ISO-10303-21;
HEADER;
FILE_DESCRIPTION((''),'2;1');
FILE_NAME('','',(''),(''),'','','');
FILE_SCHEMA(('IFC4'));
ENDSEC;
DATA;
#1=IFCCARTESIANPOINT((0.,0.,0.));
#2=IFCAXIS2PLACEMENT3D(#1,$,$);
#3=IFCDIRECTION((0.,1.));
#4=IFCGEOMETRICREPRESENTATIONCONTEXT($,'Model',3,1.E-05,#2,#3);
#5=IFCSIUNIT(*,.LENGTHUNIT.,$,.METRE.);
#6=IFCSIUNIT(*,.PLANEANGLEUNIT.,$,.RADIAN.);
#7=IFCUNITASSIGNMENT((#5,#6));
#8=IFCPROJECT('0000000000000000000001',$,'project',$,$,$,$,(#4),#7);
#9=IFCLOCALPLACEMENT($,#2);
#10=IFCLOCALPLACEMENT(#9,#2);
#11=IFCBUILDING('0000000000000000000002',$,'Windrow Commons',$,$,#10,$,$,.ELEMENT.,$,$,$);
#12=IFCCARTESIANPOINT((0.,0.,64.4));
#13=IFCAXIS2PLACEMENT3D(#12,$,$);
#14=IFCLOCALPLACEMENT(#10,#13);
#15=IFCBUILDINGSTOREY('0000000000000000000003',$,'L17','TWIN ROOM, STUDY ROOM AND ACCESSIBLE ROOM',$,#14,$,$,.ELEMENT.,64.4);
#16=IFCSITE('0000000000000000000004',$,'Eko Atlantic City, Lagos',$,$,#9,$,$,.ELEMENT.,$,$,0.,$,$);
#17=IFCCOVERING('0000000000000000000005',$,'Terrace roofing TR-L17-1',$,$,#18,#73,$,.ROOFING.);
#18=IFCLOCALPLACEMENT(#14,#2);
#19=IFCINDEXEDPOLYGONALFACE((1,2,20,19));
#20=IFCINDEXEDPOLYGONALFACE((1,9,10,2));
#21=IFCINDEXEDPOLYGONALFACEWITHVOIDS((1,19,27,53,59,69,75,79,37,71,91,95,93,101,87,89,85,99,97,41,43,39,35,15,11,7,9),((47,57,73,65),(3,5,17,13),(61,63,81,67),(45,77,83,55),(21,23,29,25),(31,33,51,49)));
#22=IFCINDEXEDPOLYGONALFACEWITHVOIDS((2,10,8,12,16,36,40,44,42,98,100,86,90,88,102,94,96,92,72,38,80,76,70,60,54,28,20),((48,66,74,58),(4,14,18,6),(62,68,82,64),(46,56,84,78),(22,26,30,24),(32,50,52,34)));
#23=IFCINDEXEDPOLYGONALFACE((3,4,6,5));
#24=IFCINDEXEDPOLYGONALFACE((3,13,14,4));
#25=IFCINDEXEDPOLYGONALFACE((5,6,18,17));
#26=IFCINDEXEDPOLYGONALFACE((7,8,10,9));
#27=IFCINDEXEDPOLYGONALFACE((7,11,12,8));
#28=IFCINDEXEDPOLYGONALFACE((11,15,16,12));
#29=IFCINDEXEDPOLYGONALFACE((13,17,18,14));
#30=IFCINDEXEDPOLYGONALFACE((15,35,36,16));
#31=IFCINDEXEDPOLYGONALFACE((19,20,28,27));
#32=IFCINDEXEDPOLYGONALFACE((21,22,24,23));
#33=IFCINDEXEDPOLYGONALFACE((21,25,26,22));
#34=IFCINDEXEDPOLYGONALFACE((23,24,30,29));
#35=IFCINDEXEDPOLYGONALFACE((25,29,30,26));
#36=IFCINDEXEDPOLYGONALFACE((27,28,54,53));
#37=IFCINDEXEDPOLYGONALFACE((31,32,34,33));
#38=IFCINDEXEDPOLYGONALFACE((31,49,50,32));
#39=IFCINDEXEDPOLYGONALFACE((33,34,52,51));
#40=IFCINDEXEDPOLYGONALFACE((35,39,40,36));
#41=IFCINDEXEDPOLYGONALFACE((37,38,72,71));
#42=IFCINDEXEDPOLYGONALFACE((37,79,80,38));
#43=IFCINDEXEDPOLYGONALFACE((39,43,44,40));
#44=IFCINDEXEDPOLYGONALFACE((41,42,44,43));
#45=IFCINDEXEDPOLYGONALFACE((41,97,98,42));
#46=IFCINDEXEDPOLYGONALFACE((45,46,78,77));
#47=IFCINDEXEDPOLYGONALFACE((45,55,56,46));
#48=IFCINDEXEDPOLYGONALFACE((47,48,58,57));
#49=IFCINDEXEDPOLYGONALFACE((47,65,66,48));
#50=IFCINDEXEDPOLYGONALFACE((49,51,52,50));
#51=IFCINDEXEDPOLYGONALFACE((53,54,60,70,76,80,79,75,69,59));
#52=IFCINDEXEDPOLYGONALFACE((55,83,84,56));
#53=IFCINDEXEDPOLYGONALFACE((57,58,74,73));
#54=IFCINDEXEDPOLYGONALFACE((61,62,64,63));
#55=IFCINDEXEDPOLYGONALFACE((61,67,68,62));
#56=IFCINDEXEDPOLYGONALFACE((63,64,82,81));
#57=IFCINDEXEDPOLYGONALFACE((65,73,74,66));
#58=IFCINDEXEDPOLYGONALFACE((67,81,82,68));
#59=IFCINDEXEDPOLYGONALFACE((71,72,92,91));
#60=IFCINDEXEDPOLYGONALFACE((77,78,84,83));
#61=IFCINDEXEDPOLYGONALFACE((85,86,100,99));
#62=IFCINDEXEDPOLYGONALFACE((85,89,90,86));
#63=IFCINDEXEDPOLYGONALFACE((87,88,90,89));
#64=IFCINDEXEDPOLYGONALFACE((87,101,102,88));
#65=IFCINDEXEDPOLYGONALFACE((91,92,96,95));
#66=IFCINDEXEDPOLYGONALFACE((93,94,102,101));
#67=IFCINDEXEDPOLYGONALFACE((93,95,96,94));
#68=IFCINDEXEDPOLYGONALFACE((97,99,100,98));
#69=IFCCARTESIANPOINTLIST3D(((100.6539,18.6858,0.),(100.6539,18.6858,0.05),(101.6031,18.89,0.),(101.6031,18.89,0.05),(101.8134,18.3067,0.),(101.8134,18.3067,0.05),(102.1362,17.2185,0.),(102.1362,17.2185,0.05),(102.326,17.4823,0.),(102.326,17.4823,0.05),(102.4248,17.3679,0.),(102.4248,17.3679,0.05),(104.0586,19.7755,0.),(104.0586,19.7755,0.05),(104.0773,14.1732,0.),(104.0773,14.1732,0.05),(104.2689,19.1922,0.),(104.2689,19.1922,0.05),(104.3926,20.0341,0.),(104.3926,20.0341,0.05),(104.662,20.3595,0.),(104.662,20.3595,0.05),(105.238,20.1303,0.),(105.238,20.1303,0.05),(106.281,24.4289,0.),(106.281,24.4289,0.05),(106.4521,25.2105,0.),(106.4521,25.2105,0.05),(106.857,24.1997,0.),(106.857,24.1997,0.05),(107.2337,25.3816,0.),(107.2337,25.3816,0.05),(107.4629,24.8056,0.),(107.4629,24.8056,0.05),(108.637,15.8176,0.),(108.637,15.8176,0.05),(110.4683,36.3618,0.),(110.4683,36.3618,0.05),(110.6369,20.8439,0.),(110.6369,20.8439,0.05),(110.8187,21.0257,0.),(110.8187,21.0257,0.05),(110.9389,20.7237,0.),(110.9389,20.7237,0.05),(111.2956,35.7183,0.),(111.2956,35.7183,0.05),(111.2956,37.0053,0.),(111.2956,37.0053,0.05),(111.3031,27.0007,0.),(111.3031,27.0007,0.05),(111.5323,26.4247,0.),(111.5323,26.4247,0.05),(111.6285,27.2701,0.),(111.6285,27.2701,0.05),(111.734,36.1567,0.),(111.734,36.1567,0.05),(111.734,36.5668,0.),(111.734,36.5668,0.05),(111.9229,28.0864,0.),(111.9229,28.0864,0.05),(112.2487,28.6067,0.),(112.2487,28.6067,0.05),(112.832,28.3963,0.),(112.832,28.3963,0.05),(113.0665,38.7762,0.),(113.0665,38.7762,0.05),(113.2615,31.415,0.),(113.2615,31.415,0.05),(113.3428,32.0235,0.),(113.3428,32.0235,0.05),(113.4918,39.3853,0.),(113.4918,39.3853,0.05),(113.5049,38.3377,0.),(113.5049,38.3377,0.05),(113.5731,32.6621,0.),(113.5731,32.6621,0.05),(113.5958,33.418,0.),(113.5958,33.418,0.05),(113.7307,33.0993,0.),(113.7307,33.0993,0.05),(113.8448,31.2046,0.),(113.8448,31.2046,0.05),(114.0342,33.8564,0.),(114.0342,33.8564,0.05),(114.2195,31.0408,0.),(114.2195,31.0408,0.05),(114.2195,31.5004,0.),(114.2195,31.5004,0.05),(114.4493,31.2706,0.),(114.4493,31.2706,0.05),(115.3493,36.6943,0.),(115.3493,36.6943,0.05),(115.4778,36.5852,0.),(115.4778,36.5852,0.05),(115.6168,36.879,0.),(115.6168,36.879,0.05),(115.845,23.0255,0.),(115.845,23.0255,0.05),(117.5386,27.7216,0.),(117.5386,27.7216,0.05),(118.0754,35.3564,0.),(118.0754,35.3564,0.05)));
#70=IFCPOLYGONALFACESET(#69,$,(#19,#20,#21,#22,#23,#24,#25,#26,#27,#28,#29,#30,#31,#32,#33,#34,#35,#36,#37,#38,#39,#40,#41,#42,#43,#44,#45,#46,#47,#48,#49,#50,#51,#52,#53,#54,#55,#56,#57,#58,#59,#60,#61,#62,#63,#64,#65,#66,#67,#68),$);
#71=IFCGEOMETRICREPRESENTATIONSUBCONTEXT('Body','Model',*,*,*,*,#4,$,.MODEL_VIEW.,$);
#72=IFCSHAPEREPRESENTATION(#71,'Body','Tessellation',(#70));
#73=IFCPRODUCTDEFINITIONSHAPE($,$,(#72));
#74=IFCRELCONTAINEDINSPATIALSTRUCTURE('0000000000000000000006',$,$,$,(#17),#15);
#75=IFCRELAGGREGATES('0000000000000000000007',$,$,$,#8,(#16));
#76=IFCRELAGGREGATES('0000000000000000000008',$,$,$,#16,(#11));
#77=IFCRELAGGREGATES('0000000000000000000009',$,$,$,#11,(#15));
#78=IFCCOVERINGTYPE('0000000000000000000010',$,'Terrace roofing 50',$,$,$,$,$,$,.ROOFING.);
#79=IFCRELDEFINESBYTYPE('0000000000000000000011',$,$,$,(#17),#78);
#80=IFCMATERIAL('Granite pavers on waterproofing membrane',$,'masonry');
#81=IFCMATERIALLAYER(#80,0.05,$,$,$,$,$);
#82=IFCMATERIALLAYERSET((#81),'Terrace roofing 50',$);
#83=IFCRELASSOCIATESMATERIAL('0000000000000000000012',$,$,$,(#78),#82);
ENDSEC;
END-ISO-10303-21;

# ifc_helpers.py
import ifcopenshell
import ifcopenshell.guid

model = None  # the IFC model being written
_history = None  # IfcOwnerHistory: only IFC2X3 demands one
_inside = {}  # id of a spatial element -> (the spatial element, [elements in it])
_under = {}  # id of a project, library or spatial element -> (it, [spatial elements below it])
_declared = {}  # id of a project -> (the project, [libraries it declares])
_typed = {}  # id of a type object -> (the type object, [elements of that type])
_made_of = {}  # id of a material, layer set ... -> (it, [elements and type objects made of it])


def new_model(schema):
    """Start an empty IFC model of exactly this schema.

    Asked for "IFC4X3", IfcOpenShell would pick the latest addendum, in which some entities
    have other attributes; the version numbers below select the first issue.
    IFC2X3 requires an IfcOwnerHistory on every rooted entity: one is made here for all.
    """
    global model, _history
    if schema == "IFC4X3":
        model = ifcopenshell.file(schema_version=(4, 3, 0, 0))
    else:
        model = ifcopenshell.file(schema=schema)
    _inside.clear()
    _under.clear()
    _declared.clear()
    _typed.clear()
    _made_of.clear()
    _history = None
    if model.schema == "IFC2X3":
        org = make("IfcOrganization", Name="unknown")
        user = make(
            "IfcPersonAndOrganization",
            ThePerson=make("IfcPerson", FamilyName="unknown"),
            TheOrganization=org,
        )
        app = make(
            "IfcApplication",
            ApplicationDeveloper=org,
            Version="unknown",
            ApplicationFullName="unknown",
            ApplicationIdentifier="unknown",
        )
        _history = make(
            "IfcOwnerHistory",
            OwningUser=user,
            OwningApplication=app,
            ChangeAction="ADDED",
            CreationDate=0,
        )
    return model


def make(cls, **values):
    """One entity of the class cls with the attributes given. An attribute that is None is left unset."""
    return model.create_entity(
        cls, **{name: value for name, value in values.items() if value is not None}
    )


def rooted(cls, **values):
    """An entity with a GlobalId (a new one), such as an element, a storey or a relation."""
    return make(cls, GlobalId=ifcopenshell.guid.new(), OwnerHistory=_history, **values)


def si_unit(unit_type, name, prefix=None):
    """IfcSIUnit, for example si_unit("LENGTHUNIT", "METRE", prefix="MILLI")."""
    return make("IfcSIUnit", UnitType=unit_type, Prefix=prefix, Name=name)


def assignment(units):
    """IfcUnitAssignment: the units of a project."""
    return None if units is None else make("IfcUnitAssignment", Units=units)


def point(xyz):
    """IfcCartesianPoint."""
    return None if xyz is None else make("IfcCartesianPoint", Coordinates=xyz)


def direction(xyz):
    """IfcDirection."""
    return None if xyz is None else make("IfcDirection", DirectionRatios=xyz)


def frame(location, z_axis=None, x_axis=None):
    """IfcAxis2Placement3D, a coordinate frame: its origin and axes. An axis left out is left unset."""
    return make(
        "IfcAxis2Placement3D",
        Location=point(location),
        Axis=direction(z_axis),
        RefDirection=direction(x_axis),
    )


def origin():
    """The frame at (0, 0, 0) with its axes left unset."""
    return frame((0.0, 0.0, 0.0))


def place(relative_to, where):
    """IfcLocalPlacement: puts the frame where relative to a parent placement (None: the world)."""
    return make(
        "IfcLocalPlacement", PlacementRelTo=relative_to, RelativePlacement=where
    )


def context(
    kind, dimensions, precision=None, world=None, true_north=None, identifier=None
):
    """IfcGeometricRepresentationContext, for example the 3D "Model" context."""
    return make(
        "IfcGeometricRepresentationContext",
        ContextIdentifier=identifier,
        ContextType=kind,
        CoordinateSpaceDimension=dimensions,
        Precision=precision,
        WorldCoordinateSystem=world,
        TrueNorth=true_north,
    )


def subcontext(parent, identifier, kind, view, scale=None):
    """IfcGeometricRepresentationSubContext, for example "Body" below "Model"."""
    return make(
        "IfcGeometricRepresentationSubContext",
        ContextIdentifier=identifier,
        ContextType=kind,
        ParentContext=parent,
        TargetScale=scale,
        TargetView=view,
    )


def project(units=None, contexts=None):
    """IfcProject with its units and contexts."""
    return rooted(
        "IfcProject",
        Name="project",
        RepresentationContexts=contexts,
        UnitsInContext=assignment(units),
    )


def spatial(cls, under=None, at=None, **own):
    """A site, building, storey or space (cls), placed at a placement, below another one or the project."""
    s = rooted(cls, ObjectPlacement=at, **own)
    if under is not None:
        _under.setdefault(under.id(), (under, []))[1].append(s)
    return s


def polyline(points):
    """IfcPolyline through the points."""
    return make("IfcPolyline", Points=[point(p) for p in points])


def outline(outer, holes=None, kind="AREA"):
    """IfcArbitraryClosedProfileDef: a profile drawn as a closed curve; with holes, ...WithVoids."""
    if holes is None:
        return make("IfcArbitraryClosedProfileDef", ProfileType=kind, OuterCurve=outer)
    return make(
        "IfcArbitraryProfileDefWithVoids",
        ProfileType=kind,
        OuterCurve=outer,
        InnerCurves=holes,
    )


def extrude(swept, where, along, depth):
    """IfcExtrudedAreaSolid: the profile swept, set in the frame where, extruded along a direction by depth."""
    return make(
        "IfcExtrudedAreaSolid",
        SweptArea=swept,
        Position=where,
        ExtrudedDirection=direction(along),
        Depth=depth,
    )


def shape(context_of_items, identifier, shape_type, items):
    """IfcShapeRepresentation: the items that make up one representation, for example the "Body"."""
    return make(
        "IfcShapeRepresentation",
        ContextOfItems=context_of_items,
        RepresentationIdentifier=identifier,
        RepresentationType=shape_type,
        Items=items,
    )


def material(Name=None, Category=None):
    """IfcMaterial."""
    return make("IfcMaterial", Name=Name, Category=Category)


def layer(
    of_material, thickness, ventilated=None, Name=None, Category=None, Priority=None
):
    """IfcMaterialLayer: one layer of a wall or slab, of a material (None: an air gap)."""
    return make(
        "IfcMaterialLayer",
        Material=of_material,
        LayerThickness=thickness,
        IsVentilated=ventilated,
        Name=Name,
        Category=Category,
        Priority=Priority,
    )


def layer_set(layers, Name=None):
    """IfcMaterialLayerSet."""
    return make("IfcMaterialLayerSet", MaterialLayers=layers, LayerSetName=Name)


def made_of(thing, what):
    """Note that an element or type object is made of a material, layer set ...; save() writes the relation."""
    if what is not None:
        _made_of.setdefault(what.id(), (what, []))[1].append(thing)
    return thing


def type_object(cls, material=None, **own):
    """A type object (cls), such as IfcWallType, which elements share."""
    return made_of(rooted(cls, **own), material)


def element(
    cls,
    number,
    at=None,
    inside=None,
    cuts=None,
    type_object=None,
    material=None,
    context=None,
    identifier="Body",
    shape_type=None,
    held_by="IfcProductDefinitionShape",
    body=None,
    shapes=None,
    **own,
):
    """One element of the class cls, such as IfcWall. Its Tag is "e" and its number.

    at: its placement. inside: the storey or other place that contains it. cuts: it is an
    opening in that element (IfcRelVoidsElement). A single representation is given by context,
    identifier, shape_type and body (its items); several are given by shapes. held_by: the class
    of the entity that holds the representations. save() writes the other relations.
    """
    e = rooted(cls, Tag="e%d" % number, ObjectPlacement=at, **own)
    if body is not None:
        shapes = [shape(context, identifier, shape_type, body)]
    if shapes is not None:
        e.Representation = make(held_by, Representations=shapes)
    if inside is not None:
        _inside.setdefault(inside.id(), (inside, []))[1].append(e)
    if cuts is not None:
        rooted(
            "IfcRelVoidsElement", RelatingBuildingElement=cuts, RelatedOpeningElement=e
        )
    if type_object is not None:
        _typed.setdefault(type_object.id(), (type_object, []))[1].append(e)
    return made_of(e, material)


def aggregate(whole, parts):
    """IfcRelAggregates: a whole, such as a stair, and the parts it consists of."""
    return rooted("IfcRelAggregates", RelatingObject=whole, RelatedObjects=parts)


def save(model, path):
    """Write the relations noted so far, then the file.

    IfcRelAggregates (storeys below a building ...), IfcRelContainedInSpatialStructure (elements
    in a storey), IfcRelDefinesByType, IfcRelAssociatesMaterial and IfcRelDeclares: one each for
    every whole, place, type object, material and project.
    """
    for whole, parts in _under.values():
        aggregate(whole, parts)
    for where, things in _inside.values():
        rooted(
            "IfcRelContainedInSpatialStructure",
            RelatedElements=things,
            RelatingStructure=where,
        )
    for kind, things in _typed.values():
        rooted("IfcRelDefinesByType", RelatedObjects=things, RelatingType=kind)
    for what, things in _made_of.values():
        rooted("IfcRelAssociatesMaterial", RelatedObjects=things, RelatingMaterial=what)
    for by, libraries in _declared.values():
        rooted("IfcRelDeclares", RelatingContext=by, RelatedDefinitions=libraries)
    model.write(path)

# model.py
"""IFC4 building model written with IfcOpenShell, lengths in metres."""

from ifc_helpers import new_model, si_unit, direction, frame, origin, place, context, subcontext, project, spatial, polyline, outline, extrude, material, layer, layer_set, type_object, element, save


model = new_model("IFC4")

# Units and contexts
model_context = context("Model", 3, precision=1e-05, world=origin(), true_north=direction((0.0, 1.0)))
body_context = subcontext(model_context, "Body", "Model", "MODEL_VIEW")
ifc_project = project(units=[si_unit("LENGTHUNIT", "METRE"), si_unit("PLANEANGLEUNIT", "RADIAN")], contexts=[model_context])

# Site, building, storey
site_placement = place(None, origin())
site = spatial("IfcSite", under=ifc_project, at=site_placement, Name="Eko Atlantic City, Lagos", CompositionType="ELEMENT", RefElevation=0.0)
building_placement = place(site_placement, origin())
building = spatial("IfcBuilding", under=site, at=building_placement, Name="Windrow Commons", CompositionType="ELEMENT")
storey_placement = place(building_placement, frame((0.0, 0.0, 64.4)))
storey = spatial("IfcBuildingStorey", under=building, at=storey_placement, Name="L17", Description="TWIN ROOM, STUDY ROOM AND ACCESSIBLE ROOM", CompositionType="ELEMENT", Elevation=64.4)

# Shared definitions
placement_1 = place(storey_placement, origin())

# Covering
ifc_material_1 = material(Name="Granite pavers on waterproofing membrane", Category="masonry")
ifc_layer_1 = layer(ifc_material_1, 0.05)
ifc_layer_set_1 = layer_set([ifc_layer_1], Name="Terrace roofing 50")
covering_type = type_object("IfcCoveringType", Name="Terrace roofing 50", PredefinedType="ROOFING", material=ifc_layer_set_1)
element("IfcCovering", 1, at=placement_1, inside=storey, type_object=covering_type, Name="Terrace roofing TR-L17-1", PredefinedType="ROOFING", context=body_context, shape_type="SweptSolid", body=[
    extrude(outline(polyline([(113.3428, 32.0235), (113.5731, 32.6621), (113.7307, 33.0993), (110.4683, 36.3618), (113.4918, 39.3853), (115.3493, 36.6943), (115.6168, 36.879), (115.4778, 36.5852), (118.0754, 35.3564), (114.2195, 31.5004), (114.4493, 31.2706), (114.2195, 31.0408), (117.5386, 27.7216), (115.845, 23.0255), (110.8187, 21.0257), (110.9389, 20.7237), (110.6369, 20.8439), (108.637, 15.8176), (104.0773, 14.1732), (102.4248, 17.3679), (102.1362, 17.2185), (102.326, 17.4823), (100.6539, 18.6858), (104.3926, 20.0341), (106.4521, 25.2105), (111.6285, 27.2701), (111.9229, 28.0864), (113.3428, 32.0235)]), holes=[polyline([(104.0586, 19.7755), (101.6031, 18.89), (101.8134, 18.3067), (104.2689, 19.1922), (104.0586, 19.7755)]), polyline([(106.281, 24.4289), (104.662, 20.3595), (105.238, 20.1303), (106.857, 24.1997), (106.281, 24.4289)]), polyline([(111.3031, 27.0007), (107.2337, 25.3816), (107.4629, 24.8056), (111.5323, 26.4247), (111.3031, 27.0007)]), polyline([(113.8448, 31.2046), (113.2615, 31.415), (112.2487, 28.6067), (112.832, 28.3963), (113.8448, 31.2046)]), polyline([(111.2956, 35.7183), (113.5958, 33.418), (114.0342, 33.8564), (111.734, 36.1567), (111.2956, 35.7183)]), polyline([(113.0665, 38.7762), (111.2956, 37.0053), (111.734, 36.5668), (113.5049, 38.3377), (113.0665, 38.7762)])]), origin(), (0.0, 0.0, 1.0), 0.05),
])

save(model, "model.ifc")
